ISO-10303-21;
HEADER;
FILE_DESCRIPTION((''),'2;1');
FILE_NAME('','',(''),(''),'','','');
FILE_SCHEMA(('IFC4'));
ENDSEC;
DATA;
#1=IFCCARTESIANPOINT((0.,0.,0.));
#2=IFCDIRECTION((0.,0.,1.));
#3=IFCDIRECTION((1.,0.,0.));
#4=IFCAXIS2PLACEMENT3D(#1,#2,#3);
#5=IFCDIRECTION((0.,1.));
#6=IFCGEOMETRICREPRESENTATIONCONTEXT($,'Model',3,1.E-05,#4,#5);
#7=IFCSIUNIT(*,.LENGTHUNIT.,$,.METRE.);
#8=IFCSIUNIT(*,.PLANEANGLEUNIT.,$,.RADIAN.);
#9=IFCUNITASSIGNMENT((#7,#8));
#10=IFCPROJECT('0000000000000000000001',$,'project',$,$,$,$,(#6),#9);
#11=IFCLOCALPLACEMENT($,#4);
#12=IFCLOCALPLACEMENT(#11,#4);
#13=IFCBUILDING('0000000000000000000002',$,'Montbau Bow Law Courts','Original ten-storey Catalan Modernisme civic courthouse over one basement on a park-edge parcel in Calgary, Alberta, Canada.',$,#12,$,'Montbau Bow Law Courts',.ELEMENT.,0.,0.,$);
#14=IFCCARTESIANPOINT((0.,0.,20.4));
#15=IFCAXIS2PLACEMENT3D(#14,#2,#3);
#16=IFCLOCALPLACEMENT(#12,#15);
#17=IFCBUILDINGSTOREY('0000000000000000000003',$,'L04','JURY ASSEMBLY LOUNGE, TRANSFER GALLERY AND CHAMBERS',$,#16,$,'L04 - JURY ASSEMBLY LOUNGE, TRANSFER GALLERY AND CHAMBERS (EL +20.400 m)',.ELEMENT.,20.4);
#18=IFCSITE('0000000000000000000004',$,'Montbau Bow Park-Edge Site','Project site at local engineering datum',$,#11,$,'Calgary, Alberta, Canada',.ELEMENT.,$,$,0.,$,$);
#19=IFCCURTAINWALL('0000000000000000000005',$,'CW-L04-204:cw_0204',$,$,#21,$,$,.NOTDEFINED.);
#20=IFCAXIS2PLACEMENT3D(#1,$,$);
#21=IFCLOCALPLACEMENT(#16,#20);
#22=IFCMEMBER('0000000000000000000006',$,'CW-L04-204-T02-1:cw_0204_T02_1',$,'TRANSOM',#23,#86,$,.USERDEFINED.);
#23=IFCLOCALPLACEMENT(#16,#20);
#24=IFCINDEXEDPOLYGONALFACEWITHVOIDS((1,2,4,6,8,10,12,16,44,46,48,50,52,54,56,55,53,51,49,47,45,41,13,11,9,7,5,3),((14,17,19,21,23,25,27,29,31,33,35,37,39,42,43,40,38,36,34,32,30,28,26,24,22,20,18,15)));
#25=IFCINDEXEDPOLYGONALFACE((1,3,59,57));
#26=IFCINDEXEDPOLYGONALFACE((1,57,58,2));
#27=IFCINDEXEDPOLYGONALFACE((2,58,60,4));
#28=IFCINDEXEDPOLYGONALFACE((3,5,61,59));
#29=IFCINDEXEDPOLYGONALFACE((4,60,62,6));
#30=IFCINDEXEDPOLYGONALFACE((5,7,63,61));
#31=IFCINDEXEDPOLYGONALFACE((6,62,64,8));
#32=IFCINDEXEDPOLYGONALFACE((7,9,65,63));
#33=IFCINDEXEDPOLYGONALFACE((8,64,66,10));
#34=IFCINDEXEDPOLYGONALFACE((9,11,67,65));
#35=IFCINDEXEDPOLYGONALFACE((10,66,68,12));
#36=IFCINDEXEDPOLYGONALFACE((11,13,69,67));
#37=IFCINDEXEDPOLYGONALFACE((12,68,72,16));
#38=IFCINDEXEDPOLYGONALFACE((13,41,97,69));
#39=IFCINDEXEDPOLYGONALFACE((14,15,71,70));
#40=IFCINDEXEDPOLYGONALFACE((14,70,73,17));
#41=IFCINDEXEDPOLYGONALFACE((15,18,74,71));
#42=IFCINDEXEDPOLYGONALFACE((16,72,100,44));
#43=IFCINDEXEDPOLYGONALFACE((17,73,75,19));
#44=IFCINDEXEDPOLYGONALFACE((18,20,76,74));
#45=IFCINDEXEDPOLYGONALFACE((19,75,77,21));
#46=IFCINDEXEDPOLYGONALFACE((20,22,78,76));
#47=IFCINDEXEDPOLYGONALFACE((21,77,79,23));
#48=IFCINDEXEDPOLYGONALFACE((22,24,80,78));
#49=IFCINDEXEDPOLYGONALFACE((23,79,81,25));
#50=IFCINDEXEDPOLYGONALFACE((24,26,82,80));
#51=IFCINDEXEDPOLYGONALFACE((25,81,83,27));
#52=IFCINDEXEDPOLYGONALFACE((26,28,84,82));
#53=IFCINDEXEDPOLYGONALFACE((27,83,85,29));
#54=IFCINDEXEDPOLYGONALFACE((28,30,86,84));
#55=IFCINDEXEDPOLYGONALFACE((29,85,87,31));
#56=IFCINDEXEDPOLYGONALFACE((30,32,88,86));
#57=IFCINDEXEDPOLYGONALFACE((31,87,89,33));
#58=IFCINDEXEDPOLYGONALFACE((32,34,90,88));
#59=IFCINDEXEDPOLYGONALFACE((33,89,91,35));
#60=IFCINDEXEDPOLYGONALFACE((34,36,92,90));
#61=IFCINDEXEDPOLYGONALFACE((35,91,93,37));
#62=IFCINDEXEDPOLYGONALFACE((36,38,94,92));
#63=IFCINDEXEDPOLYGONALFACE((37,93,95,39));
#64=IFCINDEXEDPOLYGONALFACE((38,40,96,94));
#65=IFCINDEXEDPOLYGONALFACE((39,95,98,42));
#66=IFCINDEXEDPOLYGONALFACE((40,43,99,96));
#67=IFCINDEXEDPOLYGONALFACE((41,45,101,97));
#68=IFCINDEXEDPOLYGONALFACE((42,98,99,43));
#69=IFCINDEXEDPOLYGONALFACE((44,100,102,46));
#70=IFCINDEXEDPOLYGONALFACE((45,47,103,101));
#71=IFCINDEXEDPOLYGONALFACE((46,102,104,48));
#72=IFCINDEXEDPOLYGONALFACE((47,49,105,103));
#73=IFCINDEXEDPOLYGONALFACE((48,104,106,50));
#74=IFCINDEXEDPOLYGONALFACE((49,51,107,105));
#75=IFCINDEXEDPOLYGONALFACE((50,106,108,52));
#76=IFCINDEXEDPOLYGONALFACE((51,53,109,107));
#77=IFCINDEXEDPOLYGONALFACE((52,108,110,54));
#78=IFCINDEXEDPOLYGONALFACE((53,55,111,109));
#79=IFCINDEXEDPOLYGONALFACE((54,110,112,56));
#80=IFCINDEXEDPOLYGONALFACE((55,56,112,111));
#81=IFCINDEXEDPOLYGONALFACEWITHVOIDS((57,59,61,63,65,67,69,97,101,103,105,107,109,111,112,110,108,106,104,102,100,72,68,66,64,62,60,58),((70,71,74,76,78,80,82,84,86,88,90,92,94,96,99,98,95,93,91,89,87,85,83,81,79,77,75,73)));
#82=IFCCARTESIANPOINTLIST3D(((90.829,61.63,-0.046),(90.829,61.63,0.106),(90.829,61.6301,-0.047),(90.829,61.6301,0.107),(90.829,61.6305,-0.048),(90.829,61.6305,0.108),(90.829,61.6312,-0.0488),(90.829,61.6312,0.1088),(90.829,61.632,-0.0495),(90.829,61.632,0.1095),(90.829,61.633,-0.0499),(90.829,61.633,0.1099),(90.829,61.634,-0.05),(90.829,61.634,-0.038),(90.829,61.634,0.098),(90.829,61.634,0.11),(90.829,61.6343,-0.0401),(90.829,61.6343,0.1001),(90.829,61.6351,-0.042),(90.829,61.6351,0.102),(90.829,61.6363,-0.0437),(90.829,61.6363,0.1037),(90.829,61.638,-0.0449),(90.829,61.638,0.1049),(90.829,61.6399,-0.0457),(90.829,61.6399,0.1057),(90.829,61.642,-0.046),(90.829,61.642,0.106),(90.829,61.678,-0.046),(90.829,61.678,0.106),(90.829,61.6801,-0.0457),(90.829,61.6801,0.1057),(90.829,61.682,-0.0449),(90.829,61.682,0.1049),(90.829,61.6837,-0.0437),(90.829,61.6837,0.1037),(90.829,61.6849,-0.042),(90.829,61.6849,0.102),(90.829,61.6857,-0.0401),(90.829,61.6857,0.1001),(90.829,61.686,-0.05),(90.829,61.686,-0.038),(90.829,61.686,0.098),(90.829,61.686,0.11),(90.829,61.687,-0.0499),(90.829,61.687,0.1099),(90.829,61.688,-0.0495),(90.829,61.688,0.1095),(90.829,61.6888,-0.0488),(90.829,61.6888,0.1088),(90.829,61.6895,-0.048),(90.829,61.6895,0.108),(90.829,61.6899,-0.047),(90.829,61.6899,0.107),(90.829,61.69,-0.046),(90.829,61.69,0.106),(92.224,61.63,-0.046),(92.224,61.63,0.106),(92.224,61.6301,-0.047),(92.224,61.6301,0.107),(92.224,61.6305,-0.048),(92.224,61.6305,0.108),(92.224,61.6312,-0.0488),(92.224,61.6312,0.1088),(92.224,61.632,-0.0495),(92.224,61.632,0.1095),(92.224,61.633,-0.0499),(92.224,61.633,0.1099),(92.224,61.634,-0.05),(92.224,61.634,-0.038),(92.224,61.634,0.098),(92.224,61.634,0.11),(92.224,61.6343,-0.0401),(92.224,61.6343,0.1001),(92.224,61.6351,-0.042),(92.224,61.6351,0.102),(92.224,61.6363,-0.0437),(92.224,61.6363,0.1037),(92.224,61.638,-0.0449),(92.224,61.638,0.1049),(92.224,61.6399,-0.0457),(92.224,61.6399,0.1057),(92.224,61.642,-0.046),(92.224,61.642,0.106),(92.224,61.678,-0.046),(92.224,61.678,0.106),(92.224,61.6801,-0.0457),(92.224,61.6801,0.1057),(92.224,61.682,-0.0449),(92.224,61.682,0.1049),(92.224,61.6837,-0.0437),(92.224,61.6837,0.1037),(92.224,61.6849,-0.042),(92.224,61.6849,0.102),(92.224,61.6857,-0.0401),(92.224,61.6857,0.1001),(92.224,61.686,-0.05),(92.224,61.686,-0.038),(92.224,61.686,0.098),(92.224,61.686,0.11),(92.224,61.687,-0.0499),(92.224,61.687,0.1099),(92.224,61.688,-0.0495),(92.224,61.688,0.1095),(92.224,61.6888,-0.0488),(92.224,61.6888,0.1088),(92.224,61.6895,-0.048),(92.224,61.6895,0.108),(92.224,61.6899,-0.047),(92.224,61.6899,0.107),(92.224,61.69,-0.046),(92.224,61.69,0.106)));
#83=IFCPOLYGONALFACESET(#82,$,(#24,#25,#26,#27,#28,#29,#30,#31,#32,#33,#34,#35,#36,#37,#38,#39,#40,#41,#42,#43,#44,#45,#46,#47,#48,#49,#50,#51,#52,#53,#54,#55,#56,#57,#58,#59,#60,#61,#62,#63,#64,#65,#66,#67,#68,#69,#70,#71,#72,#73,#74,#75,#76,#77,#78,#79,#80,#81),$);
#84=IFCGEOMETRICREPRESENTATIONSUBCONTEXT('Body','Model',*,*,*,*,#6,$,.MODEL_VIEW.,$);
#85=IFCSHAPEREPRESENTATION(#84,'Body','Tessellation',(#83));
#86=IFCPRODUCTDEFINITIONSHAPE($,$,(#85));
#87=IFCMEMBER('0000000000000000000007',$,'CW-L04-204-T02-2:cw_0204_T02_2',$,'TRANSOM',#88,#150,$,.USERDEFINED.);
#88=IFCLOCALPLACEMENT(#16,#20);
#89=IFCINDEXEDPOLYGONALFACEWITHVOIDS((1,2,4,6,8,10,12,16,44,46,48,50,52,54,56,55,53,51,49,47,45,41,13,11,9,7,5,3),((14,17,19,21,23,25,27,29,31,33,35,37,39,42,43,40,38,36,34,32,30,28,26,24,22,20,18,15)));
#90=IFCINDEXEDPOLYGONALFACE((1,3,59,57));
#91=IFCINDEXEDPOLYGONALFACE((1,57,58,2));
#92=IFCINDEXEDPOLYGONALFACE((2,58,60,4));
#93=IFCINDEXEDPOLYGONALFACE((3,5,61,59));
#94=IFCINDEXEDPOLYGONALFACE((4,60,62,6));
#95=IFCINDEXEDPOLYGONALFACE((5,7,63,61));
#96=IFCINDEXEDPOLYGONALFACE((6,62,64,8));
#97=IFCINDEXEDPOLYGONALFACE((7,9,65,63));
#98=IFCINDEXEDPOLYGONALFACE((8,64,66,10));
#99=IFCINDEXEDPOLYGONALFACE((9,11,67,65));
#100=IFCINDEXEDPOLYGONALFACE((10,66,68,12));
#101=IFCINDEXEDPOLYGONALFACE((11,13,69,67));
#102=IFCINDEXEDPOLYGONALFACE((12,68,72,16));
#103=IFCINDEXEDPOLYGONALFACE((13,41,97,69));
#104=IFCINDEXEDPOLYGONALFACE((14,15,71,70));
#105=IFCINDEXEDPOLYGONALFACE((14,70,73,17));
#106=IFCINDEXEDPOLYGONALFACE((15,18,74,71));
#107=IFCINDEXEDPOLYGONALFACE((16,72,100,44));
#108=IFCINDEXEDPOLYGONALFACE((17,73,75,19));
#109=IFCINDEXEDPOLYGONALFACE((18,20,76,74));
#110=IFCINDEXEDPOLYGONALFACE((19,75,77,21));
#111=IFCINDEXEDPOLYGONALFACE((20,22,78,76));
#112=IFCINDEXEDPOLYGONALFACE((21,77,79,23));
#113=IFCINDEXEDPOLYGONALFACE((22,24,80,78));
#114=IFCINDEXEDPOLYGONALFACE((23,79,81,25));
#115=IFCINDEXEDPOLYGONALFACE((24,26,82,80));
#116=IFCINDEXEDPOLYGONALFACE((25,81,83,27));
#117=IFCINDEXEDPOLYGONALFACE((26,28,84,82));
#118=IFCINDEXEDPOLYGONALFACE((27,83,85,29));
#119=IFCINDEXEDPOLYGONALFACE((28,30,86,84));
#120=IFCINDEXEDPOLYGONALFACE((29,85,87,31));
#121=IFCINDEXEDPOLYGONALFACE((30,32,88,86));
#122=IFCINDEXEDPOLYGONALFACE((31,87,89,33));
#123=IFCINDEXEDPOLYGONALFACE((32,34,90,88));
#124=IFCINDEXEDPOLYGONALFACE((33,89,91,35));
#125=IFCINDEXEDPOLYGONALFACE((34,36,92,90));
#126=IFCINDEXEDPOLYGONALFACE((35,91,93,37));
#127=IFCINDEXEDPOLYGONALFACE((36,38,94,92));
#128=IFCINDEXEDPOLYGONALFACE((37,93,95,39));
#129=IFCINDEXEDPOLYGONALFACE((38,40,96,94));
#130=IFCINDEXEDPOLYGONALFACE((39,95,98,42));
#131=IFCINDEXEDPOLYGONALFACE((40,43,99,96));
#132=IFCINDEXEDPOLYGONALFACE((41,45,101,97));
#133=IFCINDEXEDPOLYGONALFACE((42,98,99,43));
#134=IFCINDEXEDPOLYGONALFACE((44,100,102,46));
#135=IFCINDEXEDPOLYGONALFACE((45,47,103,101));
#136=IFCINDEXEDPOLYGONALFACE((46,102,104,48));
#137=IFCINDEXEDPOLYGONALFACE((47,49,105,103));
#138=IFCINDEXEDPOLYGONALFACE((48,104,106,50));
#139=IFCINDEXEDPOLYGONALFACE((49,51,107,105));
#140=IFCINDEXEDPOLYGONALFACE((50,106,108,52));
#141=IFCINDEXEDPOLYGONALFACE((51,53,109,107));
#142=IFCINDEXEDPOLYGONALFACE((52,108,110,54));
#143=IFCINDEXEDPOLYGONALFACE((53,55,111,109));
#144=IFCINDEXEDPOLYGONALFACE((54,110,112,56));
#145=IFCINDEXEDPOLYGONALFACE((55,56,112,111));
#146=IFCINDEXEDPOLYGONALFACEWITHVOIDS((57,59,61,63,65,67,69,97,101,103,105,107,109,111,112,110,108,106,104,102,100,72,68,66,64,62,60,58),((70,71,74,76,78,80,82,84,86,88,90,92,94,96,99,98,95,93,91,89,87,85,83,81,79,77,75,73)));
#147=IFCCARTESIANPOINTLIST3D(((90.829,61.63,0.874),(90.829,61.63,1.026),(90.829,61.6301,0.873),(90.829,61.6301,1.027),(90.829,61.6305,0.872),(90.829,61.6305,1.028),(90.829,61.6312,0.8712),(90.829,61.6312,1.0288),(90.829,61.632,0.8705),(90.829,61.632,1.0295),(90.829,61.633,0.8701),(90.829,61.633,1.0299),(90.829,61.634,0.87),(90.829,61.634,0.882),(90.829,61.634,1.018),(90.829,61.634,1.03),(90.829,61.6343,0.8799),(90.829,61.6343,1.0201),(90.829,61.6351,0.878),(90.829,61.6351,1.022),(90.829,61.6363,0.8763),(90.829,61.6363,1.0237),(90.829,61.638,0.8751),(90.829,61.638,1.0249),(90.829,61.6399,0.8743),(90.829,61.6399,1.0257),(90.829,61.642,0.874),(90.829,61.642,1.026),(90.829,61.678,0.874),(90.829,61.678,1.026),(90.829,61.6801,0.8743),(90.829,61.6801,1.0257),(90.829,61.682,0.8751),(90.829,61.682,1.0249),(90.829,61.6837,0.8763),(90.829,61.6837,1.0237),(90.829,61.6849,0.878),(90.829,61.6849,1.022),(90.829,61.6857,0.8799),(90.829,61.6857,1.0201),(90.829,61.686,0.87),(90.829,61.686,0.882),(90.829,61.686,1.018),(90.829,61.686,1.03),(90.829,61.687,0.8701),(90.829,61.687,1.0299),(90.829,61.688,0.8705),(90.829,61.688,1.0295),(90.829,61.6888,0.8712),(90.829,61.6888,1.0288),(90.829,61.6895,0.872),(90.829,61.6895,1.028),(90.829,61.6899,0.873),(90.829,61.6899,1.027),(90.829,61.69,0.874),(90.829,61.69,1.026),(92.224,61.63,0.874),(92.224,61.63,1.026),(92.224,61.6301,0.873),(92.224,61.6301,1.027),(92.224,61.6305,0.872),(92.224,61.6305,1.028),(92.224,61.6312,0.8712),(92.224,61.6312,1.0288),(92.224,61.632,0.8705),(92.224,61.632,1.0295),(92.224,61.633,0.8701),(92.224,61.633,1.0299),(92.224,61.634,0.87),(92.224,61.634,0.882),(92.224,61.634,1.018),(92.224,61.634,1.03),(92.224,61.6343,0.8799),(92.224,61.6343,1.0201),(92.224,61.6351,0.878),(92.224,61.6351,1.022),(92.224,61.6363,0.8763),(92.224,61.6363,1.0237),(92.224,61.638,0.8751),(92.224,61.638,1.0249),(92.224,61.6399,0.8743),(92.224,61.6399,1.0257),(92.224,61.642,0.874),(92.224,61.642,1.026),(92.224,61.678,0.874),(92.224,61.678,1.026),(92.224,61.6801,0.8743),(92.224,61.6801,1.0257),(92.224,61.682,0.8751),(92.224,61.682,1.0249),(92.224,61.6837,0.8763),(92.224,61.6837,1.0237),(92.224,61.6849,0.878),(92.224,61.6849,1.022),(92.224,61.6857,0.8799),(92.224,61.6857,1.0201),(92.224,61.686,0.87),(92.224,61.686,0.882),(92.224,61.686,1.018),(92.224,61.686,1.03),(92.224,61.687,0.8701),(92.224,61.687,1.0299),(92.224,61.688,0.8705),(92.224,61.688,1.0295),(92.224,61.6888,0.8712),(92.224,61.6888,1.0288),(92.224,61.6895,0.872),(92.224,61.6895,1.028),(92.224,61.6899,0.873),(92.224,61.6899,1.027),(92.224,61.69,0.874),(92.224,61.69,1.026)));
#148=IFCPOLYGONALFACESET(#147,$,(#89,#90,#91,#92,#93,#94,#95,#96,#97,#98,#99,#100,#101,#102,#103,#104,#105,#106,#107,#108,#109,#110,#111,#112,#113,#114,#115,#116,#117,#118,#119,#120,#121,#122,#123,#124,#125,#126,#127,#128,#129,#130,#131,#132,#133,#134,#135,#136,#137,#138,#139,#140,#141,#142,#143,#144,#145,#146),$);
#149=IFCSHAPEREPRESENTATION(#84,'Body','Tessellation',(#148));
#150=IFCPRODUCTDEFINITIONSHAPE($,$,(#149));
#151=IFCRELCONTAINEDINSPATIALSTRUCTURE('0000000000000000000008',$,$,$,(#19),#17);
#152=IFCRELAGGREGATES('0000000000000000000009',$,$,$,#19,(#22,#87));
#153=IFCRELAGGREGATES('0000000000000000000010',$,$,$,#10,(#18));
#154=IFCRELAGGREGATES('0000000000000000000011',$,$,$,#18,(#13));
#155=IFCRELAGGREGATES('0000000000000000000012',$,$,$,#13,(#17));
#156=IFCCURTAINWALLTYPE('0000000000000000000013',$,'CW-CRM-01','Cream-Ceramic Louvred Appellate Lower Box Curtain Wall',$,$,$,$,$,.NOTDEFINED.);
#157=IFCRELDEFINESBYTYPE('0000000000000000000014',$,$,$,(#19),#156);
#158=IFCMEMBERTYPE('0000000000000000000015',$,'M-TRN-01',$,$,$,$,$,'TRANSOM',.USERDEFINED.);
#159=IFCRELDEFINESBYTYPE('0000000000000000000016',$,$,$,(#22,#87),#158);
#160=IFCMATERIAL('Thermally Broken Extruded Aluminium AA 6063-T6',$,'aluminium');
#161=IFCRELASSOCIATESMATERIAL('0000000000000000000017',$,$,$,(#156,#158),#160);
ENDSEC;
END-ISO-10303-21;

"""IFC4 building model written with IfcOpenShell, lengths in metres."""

from ifc_helpers import new_model, si_unit, direction, frame, origin_with_axes, origin_2d_with_axis, place, context, subcontext, project, spatial, hollow_rectangle, extrude, material, material_profile, profile_set, type_object, element, aggregate, save


model = new_model("IFC4")

# Units and contexts
model_context = context("Model", 3, precision=1e-05, world=origin_with_axes(), true_north=direction((0.0, 1.0)))
body_context = subcontext(model_context, "Body", "Model", "MODEL_VIEW")
ifc_project = project(units=[si_unit("LENGTHUNIT", "METRE"), si_unit("PLANEANGLEUNIT", "RADIAN")], contexts=[model_context])

# Site, building, storey
site_placement = place(None, origin_with_axes())
site = spatial("IfcSite", under=ifc_project, at=site_placement, Name="Montbau Bow Park-Edge Site", Description="Project site at local engineering datum", LongName="Calgary, Alberta, Canada", CompositionType="ELEMENT", RefElevation=0.0)
building_placement = place(site_placement, origin_with_axes())
building = spatial("IfcBuilding", under=site, at=building_placement, Name="Montbau Bow Law Courts", Description="Original ten-storey Catalan Modernisme civic courthouse over one basement on a park-edge parcel in Calgary, Alberta, Canada.", LongName="Montbau Bow Law Courts", CompositionType="ELEMENT", ElevationOfRefHeight=0.0, ElevationOfTerrain=0.0)
storey_placement = place(building_placement, frame((0.0, 0.0, 20.4), z_axis=(0.0, 0.0, 1.0), x_axis=(1.0, 0.0, 0.0)))
storey = spatial("IfcBuildingStorey", under=building, at=storey_placement, Name="L04", Description="JURY ASSEMBLY LOUNGE, TRANSFER GALLERY AND CHAMBERS", LongName="L04 - JURY ASSEMBLY LOUNGE, TRANSFER GALLERY AND CHAMBERS (EL +20.400 m)", CompositionType="ELEMENT", Elevation=20.4)

# Curtain wall, members
ifc_material_1 = material(Name="Thermally Broken Extruded Aluminium AA 6063-T6", Category="aluminium")
curtain_wall_type = type_object("IfcCurtainWallType", Name="CW-CRM-01", Description="Cream-Ceramic Louvred Appellate Lower Box Curtain Wall", PredefinedType="NOTDEFINED", material=ifc_material_1)
curtain_wall_placement = place(None, frame((89.315, 61.66, 20.4), z_axis=(0.0, 0.0, 1.0), x_axis=(1.0, 0.0, 0.0)))
curtain_wall = element("IfcCurtainWall", 1, at=curtain_wall_placement, inside=storey, type_object=curtain_wall_type, Name="CW-L04-204:cw_0204", PredefinedType="NOTDEFINED")
ifc_material_profile_1 = material_profile(ifc_material_1, hollow_rectangle(XDim=0.06, YDim=0.16, WallThickness=0.004, InnerFilletRadius=0.008, OuterFilletRadius=0.004, at=origin_2d_with_axis()), Name="CWT-160X60", Category="Main", Priority=0)
ifc_profile_set_1 = profile_set([ifc_material_profile_1], Name="Thermally Broken Extruded Aluminium AA 6063-T6")
member_type_1 = type_object("IfcMemberType", Name="M-TRN-01", ElementType="TRANSOM", PredefinedType="USERDEFINED", material=ifc_profile_set_1)
member_1_placement = place(None, frame((90.829, 61.66, 20.43), z_axis=(1.0, 0.0, 0.0), x_axis=(0.0, 1.0, 0.0)))
member_1 = element("IfcMember", 2, at=member_1_placement, type_object=member_type_1, Name="CW-L04-204-T02-1:cw_0204_T02_1", ObjectType="TRANSOM", PredefinedType="USERDEFINED", context=body_context, shape_type="SweptSolid", body=[
    extrude(hollow_rectangle(XDim=0.06, YDim=0.16, WallThickness=0.004, InnerFilletRadius=0.008, OuterFilletRadius=0.004, at=origin_2d_with_axis()), origin_with_axes(), (0.0, 0.0, 1.0), 1.395),
])
member_2_placement = place(None, frame((90.829, 61.66, 21.35), z_axis=(1.0, 0.0, 0.0), x_axis=(0.0, 1.0, 0.0)))
member_2 = element("IfcMember", 3, at=member_2_placement, type_object=member_type_1, Name="CW-L04-204-T02-2:cw_0204_T02_2", ObjectType="TRANSOM", PredefinedType="USERDEFINED", context=body_context, shape_type="SweptSolid", body=[
    extrude(hollow_rectangle(XDim=0.06, YDim=0.16, WallThickness=0.004, InnerFilletRadius=0.008, OuterFilletRadius=0.004, at=origin_2d_with_axis()), origin_with_axes(), (0.0, 0.0, 1.0), 1.395),
])
aggregate(curtain_wall, [member_1, member_2])

save(model, "model.ifc")
